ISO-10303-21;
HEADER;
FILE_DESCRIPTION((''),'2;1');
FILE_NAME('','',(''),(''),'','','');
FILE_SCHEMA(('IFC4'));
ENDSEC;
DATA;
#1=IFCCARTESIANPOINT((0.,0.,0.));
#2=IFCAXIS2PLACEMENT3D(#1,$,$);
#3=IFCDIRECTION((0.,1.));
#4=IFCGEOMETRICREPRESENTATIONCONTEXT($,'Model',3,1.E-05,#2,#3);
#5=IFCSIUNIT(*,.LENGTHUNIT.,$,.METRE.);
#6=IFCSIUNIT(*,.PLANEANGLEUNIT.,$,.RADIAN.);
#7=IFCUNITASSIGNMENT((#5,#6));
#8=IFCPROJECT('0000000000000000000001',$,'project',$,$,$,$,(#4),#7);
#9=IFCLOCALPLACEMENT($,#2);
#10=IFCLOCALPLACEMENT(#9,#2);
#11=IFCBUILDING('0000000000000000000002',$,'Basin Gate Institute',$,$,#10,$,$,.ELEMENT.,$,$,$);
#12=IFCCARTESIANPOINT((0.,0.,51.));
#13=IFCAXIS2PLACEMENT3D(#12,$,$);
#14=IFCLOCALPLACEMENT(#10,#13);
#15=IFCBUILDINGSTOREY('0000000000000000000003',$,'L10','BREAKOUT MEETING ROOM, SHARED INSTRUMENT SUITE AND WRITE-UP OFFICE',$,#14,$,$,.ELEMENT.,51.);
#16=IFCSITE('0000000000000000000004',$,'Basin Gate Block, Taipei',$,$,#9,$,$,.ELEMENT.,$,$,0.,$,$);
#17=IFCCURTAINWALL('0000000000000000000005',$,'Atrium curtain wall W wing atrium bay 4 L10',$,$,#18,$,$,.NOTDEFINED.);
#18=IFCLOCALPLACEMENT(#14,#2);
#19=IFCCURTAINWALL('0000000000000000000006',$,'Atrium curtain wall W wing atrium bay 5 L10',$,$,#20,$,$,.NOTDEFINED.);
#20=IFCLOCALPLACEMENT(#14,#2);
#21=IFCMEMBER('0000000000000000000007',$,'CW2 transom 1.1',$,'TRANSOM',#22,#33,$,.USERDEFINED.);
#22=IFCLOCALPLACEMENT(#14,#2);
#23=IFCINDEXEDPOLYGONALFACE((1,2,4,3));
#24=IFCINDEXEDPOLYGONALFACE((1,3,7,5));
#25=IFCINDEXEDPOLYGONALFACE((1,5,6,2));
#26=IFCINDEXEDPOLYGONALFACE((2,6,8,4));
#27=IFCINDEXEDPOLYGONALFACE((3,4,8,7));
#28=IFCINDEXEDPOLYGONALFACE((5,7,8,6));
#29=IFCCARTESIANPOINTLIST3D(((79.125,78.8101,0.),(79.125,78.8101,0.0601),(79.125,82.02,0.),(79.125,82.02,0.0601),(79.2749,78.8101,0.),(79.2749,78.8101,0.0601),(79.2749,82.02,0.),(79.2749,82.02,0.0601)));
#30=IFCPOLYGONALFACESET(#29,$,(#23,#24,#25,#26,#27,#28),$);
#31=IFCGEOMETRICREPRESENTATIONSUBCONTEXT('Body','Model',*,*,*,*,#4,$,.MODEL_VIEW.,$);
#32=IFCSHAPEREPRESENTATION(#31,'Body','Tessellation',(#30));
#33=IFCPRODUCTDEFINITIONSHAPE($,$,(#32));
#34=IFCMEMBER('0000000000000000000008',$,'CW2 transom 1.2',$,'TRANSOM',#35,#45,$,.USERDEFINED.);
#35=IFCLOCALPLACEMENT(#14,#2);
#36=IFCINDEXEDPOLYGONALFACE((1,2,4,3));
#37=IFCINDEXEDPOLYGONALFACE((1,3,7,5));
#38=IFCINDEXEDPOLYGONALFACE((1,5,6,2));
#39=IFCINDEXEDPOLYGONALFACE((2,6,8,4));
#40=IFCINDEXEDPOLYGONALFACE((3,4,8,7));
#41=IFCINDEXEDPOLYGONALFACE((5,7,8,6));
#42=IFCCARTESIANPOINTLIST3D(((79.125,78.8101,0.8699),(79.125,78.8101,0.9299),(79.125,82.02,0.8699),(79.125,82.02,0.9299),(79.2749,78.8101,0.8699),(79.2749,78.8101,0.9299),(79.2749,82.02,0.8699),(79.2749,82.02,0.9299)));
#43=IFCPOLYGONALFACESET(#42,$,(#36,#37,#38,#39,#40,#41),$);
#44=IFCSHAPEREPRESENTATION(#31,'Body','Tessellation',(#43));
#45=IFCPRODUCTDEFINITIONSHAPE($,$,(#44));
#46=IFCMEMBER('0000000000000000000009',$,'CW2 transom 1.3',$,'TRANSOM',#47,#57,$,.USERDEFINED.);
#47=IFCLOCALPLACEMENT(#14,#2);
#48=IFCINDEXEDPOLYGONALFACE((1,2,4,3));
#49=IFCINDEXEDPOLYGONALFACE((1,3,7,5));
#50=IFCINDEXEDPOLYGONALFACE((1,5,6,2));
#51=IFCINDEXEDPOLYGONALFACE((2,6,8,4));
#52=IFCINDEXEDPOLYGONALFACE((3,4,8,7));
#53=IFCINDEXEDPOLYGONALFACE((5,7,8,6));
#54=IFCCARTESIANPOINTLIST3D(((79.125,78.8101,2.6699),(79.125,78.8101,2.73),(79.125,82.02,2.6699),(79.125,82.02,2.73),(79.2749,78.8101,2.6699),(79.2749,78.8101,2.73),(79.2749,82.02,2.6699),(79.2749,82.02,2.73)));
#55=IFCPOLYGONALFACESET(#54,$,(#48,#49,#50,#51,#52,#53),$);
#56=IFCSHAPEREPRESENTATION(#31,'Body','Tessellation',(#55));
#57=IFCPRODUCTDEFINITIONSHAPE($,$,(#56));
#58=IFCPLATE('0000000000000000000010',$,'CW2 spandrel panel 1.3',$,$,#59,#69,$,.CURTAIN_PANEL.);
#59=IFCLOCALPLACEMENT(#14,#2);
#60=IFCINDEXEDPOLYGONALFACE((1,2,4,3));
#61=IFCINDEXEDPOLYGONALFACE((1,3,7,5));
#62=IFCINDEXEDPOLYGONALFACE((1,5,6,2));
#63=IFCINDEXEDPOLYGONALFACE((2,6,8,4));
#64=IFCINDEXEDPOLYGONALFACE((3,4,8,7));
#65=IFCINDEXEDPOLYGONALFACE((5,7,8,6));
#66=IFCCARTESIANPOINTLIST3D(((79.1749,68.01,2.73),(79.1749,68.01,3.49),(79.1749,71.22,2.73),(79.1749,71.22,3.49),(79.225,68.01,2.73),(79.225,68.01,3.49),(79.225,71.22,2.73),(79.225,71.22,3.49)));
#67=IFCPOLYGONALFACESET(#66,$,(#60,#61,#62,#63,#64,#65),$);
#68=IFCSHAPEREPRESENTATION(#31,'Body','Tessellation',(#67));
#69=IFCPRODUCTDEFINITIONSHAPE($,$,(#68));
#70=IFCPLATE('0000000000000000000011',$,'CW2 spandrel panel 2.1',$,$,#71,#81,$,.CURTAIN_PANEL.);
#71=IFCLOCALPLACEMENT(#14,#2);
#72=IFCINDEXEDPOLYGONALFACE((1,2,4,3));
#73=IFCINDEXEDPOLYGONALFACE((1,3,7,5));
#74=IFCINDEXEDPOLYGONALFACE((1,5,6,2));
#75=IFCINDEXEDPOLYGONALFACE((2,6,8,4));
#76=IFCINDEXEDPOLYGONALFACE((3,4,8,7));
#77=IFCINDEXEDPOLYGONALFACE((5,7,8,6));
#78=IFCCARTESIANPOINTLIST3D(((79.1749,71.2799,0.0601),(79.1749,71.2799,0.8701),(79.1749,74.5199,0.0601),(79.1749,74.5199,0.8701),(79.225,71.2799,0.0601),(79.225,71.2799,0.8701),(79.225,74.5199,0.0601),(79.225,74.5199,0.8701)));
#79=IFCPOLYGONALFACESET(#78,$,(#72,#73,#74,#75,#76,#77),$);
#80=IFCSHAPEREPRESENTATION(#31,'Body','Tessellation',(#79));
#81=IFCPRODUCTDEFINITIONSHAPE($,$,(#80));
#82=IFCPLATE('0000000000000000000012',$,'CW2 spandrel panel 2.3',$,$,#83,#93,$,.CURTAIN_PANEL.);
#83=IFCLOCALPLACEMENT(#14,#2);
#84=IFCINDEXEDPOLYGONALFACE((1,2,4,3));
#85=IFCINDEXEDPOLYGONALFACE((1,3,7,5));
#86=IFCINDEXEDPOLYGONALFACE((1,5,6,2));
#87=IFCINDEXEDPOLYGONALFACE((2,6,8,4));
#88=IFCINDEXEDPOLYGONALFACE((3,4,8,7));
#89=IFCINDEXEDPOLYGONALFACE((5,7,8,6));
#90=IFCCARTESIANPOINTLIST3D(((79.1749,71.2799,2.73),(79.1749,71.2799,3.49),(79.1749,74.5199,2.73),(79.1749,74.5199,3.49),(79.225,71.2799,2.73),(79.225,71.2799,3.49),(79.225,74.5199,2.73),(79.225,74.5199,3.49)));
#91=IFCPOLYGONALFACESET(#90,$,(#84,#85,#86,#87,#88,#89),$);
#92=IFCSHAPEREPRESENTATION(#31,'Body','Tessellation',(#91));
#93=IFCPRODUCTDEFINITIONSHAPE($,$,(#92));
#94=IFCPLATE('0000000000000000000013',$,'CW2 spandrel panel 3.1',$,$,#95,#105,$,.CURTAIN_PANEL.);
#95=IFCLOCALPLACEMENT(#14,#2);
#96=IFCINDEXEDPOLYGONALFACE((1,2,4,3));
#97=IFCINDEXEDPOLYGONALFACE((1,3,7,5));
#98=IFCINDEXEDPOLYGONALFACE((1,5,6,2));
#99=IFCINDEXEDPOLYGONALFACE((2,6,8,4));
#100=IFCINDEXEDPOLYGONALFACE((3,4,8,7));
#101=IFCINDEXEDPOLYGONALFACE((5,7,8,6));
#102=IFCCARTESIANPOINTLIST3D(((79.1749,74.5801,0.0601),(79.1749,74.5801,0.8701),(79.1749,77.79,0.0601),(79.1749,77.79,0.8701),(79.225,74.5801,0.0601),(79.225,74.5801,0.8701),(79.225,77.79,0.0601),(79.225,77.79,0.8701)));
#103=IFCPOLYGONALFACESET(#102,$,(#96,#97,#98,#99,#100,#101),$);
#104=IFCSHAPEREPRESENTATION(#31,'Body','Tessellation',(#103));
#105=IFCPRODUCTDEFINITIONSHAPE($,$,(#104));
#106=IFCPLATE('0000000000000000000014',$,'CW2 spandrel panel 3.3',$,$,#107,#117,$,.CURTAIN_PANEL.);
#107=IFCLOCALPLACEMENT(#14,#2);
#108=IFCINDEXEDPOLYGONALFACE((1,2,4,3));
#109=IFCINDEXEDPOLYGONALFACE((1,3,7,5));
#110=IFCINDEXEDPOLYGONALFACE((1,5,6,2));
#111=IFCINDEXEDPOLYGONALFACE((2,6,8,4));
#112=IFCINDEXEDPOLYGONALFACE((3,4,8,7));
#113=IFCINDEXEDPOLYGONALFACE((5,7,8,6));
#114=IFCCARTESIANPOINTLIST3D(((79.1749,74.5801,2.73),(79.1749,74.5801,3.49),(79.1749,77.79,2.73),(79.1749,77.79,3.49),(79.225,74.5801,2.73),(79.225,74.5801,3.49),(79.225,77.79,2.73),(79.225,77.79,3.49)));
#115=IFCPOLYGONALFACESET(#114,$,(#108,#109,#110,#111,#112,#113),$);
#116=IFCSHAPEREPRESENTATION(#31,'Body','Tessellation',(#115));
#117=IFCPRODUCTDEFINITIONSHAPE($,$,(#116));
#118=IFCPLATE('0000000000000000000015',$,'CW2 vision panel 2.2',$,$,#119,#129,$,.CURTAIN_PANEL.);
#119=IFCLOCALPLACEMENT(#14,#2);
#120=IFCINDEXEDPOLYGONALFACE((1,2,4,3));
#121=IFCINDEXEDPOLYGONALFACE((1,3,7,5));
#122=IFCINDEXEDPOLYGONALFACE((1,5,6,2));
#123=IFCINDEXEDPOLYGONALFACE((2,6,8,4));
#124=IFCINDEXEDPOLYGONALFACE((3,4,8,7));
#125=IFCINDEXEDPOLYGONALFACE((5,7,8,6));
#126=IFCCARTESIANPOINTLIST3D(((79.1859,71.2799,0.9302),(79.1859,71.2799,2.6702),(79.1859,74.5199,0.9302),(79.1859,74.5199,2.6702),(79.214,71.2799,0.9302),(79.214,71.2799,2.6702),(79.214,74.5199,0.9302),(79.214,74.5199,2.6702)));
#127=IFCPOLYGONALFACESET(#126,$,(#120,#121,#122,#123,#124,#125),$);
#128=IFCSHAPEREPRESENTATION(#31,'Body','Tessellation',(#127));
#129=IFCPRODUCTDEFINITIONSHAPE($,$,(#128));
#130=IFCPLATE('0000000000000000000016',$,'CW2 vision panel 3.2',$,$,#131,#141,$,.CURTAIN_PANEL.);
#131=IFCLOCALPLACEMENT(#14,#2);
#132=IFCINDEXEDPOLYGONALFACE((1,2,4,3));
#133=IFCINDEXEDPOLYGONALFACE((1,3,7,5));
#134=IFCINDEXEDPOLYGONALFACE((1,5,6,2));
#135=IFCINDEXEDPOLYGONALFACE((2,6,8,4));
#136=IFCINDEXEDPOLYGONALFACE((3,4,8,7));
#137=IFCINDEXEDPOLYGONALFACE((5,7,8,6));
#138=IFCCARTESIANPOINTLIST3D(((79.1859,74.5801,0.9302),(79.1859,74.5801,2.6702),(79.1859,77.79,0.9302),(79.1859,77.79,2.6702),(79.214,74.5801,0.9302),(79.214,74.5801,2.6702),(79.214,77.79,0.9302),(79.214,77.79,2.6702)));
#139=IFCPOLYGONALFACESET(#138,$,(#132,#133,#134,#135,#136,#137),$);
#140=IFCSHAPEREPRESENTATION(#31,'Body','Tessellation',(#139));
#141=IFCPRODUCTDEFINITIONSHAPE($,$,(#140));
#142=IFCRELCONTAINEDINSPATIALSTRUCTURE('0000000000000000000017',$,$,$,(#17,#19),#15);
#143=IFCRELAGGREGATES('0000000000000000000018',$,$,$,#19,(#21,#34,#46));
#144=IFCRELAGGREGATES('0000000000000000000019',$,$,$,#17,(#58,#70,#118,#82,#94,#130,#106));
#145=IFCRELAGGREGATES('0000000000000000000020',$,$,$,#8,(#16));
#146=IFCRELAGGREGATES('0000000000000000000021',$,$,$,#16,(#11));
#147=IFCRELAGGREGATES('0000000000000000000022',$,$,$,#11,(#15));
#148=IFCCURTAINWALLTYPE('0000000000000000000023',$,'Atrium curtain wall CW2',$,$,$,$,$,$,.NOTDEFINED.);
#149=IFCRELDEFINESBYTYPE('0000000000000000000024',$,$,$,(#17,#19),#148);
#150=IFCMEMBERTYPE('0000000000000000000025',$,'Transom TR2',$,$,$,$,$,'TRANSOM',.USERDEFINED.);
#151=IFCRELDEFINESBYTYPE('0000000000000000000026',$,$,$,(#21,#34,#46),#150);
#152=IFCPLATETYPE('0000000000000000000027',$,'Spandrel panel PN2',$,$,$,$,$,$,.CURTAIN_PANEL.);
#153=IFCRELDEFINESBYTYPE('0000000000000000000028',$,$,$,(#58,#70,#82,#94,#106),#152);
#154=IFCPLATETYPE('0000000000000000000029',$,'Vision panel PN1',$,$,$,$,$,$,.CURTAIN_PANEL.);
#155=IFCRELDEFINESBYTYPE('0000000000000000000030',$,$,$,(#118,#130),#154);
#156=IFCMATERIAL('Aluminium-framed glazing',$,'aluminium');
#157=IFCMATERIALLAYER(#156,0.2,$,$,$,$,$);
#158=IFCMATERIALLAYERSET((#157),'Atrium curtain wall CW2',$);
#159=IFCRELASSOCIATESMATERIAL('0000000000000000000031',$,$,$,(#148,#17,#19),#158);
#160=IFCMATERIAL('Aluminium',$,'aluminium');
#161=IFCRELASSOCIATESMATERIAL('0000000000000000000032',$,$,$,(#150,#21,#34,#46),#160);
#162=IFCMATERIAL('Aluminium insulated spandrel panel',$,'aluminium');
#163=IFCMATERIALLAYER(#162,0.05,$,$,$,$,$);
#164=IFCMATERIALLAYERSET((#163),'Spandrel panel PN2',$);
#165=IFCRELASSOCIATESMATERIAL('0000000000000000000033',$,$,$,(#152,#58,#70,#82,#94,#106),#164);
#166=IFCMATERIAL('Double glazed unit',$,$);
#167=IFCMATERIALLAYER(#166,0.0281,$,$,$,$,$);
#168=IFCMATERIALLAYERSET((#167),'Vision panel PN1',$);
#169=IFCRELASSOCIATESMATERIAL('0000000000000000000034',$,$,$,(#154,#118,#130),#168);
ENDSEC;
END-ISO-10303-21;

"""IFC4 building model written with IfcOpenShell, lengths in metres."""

from ifc_helpers import new_model, si_unit, direction, frame, origin, origin_2d, place, context, subcontext, project, spatial, rectangle, extrude, material, layer, layer_set, material_profile, profile_set, type_object, element, aggregate, save


model = new_model("IFC4")

# Units and contexts
model_context = context("Model", 3, precision=1e-05, world=origin(), true_north=direction((0.0, 1.0)))
body_context = subcontext(model_context, "Body", "Model", "MODEL_VIEW")
ifc_project = project(units=[si_unit("LENGTHUNIT", "METRE"), si_unit("PLANEANGLEUNIT", "RADIAN")], contexts=[model_context])

# Site, building, storey
site_placement = place(None, origin())
site = spatial("IfcSite", under=ifc_project, at=site_placement, Name="Basin Gate Block, Taipei", CompositionType="ELEMENT", RefElevation=0.0)
building_placement = place(site_placement, origin())
building = spatial("IfcBuilding", under=site, at=building_placement, Name="Basin Gate Institute", CompositionType="ELEMENT")
storey_placement = place(building_placement, frame((0.0, 0.0, 51.0)))
storey = spatial("IfcBuildingStorey", under=building, at=storey_placement, Name="L10", Description="BREAKOUT MEETING ROOM, SHARED INSTRUMENT SUITE AND WRITE-UP OFFICE", CompositionType="ELEMENT", Elevation=51.0)

# Curtain wall
ifc_material_1 = material(Name="Aluminium-framed glazing", Category="aluminium")
ifc_layer_1 = layer(ifc_material_1, 0.2)
ifc_layer_set_1 = layer_set([ifc_layer_1], Name="Atrium curtain wall CW2")
curtain_wall_type = type_object("IfcCurtainWallType", Name="Atrium curtain wall CW2", PredefinedType="NOTDEFINED", material=ifc_layer_set_1)
curtain_wall_1_placement = place(storey_placement, origin())
curtain_wall_1 = element("IfcCurtainWall", 1, at=curtain_wall_1_placement, inside=storey, type_object=curtain_wall_type, material=ifc_layer_set_1, Name="Atrium curtain wall W wing atrium bay 4 L10", PredefinedType="NOTDEFINED")

# Curtain wall
curtain_wall_2_placement = place(storey_placement, origin())
curtain_wall_2 = element("IfcCurtainWall", 2, at=curtain_wall_2_placement, inside=storey, type_object=curtain_wall_type, material=ifc_layer_set_1, Name="Atrium curtain wall W wing atrium bay 5 L10", PredefinedType="NOTDEFINED")

# Members
ifc_material_2 = material(Name="Aluminium", Category="aluminium")
ifc_material_profile_1 = material_profile(ifc_material_2, rectangle(XDim=0.1499, YDim=0.0601, at=origin_2d()), Name="Transom TR2 150 x 60")
ifc_profile_set_1 = profile_set([ifc_material_profile_1], Name="Aluminium")
member_type_1 = type_object("IfcMemberType", Name="Transom TR2", ElementType="TRANSOM", PredefinedType="USERDEFINED", material=ifc_profile_set_1)
member_1_placement = place(storey_placement, frame((79.2, 78.8101, 0.03), z_axis=(0.0, 1.0, 0.0), x_axis=(-1.0, 0.0, 0.0)))
member_1 = element("IfcMember", 3, at=member_1_placement, type_object=member_type_1, material=ifc_profile_set_1, Name="CW2 transom 1.1", ObjectType="TRANSOM", PredefinedType="USERDEFINED", context=body_context, shape_type="SweptSolid", body=[
    extrude(rectangle(XDim=0.1499, YDim=0.0601, at=origin_2d()), origin(), (0.0, 0.0, 1.0), 3.21),
])
member_2_placement = place(storey_placement, frame((79.2, 78.8101, 0.8999), z_axis=(0.0, 1.0, 0.0), x_axis=(-1.0, 0.0, 0.0)))
member_2 = element("IfcMember", 4, at=member_2_placement, type_object=member_type_1, material=ifc_profile_set_1, Name="CW2 transom 1.2", ObjectType="TRANSOM", PredefinedType="USERDEFINED", context=body_context, shape_type="SweptSolid", body=[
    extrude(rectangle(XDim=0.1499, YDim=0.0601, at=origin_2d()), origin(), (0.0, 0.0, 1.0), 3.21),
])
member_3_placement = place(storey_placement, frame((79.2, 78.8101, 2.7), z_axis=(0.0, 1.0, 0.0), x_axis=(-1.0, 0.0, 0.0)))
member_3 = element("IfcMember", 5, at=member_3_placement, type_object=member_type_1, material=ifc_profile_set_1, Name="CW2 transom 1.3", ObjectType="TRANSOM", PredefinedType="USERDEFINED", context=body_context, shape_type="SweptSolid", body=[
    extrude(rectangle(XDim=0.1499, YDim=0.0601, at=origin_2d()), origin(), (0.0, 0.0, 1.0), 3.21),
])
aggregate(curtain_wall_2, [member_1, member_2, member_3])

# Plates
ifc_material_3 = material(Name="Aluminium insulated spandrel panel", Category="aluminium")
ifc_layer_2 = layer(ifc_material_3, 0.05)
ifc_layer_set_2 = layer_set([ifc_layer_2], Name="Spandrel panel PN2")
plate_type_1 = type_object("IfcPlateType", Name="Spandrel panel PN2", PredefinedType="CURTAIN_PANEL", material=ifc_layer_set_2)
plate_1_placement = place(storey_placement, frame((79.2, 69.615, 2.73), z_axis=(0.0, 0.0, 1.0), x_axis=(0.0, 1.0, 0.0)))
plate_1 = element("IfcPlate", 6, at=plate_1_placement, type_object=plate_type_1, material=ifc_layer_set_2, Name="CW2 spandrel panel 1.3", PredefinedType="CURTAIN_PANEL", context=body_context, shape_type="SweptSolid", body=[
    extrude(rectangle(XDim=3.21, YDim=0.05, at=origin_2d()), origin(), (0.0, 0.0, 1.0), 0.76),
])
plate_2_placement = place(storey_placement, frame((79.2, 72.8999, 0.0601), z_axis=(0.0, 0.0, 1.0), x_axis=(0.0, 1.0, 0.0)))
plate_2 = element("IfcPlate", 7, at=plate_2_placement, type_object=plate_type_1, material=ifc_layer_set_2, Name="CW2 spandrel panel 2.1", PredefinedType="CURTAIN_PANEL", context=body_context, shape_type="SweptSolid", body=[
    extrude(rectangle(XDim=3.24, YDim=0.05, at=origin_2d()), origin(), (0.0, 0.0, 1.0), 0.8101),
])
plate_3_placement = place(storey_placement, frame((79.2, 72.8999, 2.73), z_axis=(0.0, 0.0, 1.0), x_axis=(0.0, 1.0, 0.0)))
plate_3 = element("IfcPlate", 8, at=plate_3_placement, type_object=plate_type_1, material=ifc_layer_set_2, Name="CW2 spandrel panel 2.3", PredefinedType="CURTAIN_PANEL", context=body_context, shape_type="SweptSolid", body=[
    extrude(rectangle(XDim=3.24, YDim=0.05, at=origin_2d()), origin(), (0.0, 0.0, 1.0), 0.76),
])
plate_4_placement = place(storey_placement, frame((79.2, 76.1851, 0.0601), z_axis=(0.0, 0.0, 1.0), x_axis=(0.0, 1.0, 0.0)))
plate_4 = element("IfcPlate", 9, at=plate_4_placement, type_object=plate_type_1, material=ifc_layer_set_2, Name="CW2 spandrel panel 3.1", PredefinedType="CURTAIN_PANEL", context=body_context, shape_type="SweptSolid", body=[
    extrude(rectangle(XDim=3.21, YDim=0.05, at=origin_2d()), origin(), (0.0, 0.0, 1.0), 0.8101),
])
plate_5_placement = place(storey_placement, frame((79.2, 76.1851, 2.73), z_axis=(0.0, 0.0, 1.0), x_axis=(0.0, 1.0, 0.0)))
plate_5 = element("IfcPlate", 10, at=plate_5_placement, type_object=plate_type_1, material=ifc_layer_set_2, Name="CW2 spandrel panel 3.3", PredefinedType="CURTAIN_PANEL", context=body_context, shape_type="SweptSolid", body=[
    extrude(rectangle(XDim=3.21, YDim=0.05, at=origin_2d()), origin(), (0.0, 0.0, 1.0), 0.76),
])
ifc_material_4 = material(Name="Double glazed unit")
ifc_layer_3 = layer(ifc_material_4, 0.0281)
ifc_layer_set_3 = layer_set([ifc_layer_3], Name="Vision panel PN1")
plate_type_2 = type_object("IfcPlateType", Name="Vision panel PN1", PredefinedType="CURTAIN_PANEL", material=ifc_layer_set_3)
plate_6_placement = place(storey_placement, frame((79.2, 72.8999, 0.9302), z_axis=(0.0, 0.0, 1.0), x_axis=(0.0, 1.0, 0.0)))
plate_6 = element("IfcPlate", 11, at=plate_6_placement, type_object=plate_type_2, material=ifc_layer_set_3, Name="CW2 vision panel 2.2", PredefinedType="CURTAIN_PANEL", context=body_context, shape_type="SweptSolid", body=[
    extrude(rectangle(XDim=3.24, YDim=0.0281, at=origin_2d()), origin(), (0.0, 0.0, 1.0), 1.74),
])
plate_7_placement = place(storey_placement, frame((79.2, 76.1851, 0.9302), z_axis=(0.0, 0.0, 1.0), x_axis=(0.0, 1.0, 0.0)))
plate_7 = element("IfcPlate", 12, at=plate_7_placement, type_object=plate_type_2, material=ifc_layer_set_3, Name="CW2 vision panel 3.2", PredefinedType="CURTAIN_PANEL", context=body_context, shape_type="SweptSolid", body=[
    extrude(rectangle(XDim=3.21, YDim=0.0281, at=origin_2d()), origin(), (0.0, 0.0, 1.0), 1.74),
])
aggregate(curtain_wall_1, [plate_1, plate_2, plate_6, plate_3, plate_4, plate_7, plate_5])

save(model, "model.ifc")
